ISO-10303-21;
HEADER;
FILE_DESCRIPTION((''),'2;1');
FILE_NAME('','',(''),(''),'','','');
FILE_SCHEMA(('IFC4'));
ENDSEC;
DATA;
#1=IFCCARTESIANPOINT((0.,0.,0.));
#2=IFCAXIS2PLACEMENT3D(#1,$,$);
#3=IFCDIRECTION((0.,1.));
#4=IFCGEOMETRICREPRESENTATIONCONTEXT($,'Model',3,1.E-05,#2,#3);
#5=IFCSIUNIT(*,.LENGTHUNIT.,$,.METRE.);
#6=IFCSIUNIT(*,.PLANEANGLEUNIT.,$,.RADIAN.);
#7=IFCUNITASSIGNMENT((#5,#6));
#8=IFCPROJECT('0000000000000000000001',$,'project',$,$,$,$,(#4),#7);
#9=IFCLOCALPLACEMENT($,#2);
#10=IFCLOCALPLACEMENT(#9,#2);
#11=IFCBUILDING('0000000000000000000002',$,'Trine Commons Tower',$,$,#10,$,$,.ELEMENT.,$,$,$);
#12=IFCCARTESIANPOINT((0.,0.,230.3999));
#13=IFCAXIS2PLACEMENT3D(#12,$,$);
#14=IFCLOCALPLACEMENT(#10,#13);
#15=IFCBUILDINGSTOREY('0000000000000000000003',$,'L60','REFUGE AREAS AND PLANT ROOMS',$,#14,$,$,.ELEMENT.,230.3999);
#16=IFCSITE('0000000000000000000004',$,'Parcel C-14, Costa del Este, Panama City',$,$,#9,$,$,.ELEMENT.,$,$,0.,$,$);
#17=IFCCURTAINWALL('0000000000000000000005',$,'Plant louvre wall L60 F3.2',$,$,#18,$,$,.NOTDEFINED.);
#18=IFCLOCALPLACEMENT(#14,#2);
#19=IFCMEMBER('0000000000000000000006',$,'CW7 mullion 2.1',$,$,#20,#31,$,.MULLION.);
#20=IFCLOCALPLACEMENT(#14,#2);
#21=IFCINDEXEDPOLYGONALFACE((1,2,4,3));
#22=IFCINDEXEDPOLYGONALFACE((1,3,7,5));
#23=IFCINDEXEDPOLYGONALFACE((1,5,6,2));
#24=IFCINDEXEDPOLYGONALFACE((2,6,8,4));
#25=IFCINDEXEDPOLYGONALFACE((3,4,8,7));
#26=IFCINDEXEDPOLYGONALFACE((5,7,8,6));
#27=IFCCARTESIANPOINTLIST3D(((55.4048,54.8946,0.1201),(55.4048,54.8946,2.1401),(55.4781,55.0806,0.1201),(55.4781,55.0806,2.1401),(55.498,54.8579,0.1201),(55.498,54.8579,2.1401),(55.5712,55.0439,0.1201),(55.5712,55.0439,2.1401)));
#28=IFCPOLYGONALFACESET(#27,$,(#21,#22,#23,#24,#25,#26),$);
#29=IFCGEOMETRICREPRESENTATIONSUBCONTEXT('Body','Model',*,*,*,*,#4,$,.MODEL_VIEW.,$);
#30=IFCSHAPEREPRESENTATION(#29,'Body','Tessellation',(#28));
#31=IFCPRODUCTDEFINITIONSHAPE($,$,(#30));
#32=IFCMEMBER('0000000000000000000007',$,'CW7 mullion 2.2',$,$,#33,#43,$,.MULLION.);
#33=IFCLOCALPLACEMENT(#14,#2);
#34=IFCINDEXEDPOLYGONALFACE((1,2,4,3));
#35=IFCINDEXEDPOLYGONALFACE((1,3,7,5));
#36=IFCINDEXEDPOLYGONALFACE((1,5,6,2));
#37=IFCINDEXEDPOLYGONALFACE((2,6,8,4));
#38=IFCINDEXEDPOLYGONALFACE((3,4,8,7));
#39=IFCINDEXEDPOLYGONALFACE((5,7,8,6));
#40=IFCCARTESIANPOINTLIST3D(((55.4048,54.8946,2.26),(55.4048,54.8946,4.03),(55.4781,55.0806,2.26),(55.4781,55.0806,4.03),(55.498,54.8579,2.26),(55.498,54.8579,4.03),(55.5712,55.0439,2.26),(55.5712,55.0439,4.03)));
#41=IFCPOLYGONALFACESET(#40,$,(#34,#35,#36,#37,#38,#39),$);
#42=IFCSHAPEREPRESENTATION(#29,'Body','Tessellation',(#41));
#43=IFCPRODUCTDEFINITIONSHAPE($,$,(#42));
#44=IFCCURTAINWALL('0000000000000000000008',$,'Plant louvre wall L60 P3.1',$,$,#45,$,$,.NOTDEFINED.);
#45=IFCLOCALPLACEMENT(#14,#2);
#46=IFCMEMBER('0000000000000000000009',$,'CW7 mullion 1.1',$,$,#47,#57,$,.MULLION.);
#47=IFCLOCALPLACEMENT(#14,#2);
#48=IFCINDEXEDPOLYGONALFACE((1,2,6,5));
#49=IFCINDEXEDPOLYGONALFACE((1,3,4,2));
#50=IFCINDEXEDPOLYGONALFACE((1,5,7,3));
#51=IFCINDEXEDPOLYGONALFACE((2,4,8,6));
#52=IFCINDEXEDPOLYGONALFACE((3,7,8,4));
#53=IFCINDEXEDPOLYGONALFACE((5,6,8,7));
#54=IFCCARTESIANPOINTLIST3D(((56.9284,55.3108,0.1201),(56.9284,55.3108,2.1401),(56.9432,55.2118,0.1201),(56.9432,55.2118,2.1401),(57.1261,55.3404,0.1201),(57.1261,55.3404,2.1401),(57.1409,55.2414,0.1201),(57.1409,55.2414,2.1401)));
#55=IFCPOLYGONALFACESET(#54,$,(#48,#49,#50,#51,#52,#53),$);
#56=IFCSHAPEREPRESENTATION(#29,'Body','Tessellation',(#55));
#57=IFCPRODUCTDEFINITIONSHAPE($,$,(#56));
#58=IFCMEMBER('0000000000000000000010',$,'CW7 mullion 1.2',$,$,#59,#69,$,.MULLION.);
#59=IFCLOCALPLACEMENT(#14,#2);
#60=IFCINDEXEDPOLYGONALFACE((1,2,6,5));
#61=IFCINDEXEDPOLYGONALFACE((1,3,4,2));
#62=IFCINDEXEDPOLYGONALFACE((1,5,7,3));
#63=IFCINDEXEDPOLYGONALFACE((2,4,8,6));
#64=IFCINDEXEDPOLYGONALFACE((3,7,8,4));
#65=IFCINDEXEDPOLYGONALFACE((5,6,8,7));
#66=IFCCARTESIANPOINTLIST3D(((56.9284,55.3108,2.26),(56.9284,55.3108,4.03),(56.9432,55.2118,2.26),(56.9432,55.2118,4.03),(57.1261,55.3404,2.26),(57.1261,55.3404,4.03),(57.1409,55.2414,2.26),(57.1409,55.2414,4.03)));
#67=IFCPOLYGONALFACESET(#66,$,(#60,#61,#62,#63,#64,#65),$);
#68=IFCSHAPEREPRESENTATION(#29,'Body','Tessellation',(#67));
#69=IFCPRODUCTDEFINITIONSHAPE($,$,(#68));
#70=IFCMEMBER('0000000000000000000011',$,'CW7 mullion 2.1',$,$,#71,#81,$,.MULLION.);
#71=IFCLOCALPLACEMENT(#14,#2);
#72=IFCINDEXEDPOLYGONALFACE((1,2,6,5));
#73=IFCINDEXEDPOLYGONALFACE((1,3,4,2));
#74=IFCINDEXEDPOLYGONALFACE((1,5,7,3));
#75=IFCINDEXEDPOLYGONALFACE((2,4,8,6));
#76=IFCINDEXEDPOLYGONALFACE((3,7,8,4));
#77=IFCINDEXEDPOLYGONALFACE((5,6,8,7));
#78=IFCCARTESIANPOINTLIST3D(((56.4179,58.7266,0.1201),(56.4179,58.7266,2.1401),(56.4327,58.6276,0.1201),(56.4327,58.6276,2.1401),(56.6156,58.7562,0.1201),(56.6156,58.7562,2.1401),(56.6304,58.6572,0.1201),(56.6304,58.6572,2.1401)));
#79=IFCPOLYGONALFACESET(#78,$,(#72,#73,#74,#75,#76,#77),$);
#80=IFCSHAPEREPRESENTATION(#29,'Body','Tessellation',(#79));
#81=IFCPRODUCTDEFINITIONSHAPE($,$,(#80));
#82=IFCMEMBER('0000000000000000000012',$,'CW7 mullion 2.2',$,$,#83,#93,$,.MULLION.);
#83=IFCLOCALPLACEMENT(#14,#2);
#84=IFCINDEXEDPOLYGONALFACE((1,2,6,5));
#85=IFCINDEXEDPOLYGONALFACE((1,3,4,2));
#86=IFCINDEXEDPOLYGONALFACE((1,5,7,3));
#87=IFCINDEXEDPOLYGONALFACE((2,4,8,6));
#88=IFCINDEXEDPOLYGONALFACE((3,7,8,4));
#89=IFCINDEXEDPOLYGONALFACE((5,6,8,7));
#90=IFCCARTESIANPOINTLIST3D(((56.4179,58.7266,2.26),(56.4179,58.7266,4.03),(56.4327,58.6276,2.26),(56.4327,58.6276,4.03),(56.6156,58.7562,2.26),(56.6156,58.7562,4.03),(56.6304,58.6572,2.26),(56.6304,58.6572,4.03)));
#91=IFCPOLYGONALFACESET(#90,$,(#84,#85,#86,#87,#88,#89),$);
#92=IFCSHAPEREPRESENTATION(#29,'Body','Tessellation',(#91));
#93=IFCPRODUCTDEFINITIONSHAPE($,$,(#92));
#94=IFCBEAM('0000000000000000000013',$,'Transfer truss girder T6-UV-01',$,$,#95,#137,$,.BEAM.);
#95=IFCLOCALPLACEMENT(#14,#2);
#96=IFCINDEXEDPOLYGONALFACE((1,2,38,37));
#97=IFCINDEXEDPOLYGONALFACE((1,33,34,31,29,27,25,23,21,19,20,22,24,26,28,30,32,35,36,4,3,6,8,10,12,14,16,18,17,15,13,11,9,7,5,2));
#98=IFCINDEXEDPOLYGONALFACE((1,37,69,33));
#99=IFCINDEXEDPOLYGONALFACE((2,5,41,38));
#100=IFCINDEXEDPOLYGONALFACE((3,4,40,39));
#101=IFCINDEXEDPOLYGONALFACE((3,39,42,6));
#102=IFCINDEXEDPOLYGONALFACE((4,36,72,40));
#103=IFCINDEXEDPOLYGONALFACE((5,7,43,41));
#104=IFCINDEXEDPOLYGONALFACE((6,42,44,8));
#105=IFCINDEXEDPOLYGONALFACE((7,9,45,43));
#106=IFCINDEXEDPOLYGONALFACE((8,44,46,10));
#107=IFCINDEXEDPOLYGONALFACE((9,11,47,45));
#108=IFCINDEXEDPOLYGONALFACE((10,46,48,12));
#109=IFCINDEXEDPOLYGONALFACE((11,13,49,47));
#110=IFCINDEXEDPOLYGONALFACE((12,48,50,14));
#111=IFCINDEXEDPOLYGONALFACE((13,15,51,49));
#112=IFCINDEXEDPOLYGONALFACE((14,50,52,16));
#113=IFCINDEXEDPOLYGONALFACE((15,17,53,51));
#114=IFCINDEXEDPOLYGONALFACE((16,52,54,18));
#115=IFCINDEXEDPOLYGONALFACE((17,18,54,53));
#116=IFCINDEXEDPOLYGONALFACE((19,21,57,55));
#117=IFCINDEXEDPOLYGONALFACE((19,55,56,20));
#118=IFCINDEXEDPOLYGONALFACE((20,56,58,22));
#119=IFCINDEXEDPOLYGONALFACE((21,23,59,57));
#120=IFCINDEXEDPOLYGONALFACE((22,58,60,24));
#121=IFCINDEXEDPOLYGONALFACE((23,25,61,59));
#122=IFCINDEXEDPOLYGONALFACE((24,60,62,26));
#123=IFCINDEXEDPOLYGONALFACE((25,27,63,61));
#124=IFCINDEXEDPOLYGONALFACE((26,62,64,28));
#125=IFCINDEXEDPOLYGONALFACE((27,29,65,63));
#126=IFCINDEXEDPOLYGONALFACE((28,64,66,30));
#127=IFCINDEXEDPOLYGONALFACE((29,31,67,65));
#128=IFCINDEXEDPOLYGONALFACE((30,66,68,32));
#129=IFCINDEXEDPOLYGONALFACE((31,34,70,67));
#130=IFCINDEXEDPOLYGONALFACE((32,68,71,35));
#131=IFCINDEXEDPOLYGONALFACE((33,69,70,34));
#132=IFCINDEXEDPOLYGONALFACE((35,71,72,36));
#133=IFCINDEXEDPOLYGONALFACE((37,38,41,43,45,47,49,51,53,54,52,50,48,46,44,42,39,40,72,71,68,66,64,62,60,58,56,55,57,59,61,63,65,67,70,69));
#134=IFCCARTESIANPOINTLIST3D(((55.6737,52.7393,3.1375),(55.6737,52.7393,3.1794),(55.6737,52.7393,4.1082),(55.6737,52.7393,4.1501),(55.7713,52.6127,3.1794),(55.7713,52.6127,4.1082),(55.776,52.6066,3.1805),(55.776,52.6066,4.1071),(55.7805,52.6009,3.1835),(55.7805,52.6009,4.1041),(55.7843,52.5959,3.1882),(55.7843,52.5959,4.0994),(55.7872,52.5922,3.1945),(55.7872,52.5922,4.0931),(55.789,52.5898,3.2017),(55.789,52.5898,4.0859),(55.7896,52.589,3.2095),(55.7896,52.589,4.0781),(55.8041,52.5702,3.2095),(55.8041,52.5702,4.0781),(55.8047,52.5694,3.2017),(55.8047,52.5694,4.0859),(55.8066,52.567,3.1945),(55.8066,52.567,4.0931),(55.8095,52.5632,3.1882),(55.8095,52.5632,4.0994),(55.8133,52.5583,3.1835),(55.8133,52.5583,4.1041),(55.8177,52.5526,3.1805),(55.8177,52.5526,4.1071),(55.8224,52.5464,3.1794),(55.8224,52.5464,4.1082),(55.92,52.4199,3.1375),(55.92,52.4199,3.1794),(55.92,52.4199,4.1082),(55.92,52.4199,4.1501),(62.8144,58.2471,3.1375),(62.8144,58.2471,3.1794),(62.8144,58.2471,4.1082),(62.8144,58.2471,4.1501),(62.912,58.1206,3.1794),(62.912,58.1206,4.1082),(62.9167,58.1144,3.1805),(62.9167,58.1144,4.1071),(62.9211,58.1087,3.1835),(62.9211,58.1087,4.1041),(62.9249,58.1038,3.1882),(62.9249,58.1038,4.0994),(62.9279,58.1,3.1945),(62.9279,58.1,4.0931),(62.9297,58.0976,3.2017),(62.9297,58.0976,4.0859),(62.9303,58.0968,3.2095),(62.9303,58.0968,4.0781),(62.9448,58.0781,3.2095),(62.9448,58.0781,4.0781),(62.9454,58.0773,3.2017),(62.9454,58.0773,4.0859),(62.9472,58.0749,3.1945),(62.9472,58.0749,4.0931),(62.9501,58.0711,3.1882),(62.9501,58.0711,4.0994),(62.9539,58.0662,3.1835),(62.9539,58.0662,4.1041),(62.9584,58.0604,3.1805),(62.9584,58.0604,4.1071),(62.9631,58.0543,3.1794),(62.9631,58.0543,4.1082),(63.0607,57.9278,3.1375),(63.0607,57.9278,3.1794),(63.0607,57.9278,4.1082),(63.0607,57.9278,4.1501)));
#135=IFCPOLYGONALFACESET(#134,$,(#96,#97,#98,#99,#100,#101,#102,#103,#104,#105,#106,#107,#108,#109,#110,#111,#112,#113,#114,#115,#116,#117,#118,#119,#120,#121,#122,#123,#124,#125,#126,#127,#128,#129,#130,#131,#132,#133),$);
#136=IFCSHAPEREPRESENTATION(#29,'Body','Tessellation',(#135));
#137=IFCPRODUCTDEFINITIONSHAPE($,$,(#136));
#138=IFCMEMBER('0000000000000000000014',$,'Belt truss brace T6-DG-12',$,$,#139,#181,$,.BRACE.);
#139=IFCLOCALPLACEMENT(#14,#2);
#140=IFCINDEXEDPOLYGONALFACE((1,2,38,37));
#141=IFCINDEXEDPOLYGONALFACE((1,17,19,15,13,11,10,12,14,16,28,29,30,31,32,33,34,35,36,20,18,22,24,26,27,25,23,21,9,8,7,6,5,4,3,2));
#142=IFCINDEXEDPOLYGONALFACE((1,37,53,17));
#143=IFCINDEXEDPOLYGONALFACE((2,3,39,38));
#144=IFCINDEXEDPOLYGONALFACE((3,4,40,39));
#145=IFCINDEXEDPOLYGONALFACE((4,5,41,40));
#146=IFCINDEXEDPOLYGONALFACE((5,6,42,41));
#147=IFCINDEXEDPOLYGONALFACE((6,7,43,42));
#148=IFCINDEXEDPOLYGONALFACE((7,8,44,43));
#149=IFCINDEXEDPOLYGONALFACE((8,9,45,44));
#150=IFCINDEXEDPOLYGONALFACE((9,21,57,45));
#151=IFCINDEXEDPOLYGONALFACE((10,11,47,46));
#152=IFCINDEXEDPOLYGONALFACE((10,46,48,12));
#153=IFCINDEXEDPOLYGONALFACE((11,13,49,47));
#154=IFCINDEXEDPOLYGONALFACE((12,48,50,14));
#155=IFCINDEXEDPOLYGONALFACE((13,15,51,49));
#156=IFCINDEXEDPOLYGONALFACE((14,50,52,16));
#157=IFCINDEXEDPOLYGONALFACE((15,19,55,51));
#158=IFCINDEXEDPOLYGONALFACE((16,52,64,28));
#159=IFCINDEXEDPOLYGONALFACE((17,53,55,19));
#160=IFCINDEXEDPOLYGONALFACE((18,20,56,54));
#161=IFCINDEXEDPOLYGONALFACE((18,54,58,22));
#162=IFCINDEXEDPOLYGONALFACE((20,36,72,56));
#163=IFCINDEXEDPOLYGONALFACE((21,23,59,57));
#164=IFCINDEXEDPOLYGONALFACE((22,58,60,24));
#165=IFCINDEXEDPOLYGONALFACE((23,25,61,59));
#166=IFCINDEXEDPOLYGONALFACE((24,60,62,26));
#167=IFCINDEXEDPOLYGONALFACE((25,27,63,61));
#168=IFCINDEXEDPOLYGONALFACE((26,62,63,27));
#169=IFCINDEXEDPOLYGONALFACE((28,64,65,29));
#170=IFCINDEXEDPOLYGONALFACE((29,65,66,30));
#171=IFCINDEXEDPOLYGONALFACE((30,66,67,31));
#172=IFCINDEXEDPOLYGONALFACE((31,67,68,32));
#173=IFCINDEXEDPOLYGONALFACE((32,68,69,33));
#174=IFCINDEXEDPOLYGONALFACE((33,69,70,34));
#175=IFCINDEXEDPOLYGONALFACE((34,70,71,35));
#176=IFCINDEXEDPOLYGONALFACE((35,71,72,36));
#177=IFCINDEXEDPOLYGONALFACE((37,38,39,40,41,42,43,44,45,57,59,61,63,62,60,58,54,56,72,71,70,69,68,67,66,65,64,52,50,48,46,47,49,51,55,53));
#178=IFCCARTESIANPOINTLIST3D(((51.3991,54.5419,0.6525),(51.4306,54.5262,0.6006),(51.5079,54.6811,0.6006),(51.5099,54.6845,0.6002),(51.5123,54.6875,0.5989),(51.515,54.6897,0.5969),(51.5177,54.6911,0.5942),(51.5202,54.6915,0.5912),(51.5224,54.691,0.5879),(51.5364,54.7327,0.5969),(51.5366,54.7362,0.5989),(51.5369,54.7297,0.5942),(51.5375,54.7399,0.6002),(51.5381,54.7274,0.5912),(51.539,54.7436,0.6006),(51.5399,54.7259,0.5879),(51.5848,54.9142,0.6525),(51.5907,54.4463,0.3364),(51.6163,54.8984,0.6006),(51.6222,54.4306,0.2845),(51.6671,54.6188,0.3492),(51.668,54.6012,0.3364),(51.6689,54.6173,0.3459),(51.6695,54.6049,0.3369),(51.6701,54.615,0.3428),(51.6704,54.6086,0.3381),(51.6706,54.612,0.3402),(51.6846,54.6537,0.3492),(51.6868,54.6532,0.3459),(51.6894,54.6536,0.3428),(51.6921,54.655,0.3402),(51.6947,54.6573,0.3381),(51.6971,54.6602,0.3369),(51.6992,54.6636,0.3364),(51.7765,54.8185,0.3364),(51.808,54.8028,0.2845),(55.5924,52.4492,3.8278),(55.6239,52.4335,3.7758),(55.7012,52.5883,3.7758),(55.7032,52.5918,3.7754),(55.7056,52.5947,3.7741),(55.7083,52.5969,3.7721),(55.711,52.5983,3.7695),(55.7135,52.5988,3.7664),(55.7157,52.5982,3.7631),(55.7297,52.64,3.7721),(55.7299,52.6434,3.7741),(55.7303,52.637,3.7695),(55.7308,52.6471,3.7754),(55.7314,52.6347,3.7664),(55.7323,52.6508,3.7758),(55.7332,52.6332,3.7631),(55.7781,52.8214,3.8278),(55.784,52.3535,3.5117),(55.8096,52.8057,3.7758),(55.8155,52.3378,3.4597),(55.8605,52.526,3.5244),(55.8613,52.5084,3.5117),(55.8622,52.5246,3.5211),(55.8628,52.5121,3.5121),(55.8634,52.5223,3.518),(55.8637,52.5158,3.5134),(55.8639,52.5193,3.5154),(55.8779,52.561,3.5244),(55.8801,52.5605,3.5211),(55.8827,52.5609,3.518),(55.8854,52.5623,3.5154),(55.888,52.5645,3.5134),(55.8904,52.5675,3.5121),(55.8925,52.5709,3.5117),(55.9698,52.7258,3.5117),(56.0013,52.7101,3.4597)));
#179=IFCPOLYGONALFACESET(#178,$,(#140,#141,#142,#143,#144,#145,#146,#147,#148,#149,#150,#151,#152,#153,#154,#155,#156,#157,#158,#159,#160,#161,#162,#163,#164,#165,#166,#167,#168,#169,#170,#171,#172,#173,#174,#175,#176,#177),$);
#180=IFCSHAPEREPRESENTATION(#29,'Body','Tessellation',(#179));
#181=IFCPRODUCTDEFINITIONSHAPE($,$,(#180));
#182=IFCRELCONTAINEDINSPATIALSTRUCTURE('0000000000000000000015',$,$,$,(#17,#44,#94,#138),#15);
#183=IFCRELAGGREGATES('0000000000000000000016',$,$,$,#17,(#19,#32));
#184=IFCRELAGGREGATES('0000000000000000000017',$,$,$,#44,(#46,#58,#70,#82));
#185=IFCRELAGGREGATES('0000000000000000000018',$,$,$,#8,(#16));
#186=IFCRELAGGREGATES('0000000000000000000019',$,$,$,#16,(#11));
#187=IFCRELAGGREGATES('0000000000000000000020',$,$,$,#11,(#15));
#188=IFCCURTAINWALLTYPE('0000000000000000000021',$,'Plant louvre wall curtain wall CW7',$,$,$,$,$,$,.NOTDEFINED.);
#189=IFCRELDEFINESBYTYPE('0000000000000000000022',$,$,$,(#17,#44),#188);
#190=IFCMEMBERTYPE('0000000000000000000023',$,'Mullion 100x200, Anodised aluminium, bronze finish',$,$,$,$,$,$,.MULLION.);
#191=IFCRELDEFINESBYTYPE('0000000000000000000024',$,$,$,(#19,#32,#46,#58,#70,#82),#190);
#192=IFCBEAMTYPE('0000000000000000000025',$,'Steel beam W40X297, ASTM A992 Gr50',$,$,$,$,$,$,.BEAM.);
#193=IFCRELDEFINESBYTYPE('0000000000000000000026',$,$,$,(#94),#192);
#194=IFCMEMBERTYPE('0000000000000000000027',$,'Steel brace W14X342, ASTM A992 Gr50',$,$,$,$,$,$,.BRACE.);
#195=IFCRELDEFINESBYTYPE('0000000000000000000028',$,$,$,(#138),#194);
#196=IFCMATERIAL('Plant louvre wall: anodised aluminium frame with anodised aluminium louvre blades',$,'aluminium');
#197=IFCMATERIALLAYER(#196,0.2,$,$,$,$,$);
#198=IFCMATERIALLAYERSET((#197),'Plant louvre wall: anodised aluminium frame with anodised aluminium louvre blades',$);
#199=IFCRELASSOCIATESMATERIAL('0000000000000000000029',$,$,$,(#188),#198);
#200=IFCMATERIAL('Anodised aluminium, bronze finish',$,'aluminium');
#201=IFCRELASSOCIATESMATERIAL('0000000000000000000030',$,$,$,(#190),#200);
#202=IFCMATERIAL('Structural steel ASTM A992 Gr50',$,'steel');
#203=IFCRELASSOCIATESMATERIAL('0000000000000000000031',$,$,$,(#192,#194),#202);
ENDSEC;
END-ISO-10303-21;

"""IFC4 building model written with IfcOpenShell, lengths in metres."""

from ifc_helpers import new_model, si_unit, direction, frame, origin, origin_2d, place, context, subcontext, project, spatial, rectangle, i_section, extrude, material, layer, layer_set, material_profile, profile_set, type_object, element, aggregate, save


model = new_model("IFC4")

# Units and contexts
model_context = context("Model", 3, precision=1e-05, world=origin(), true_north=direction((0.0, 1.0)))
body_context = subcontext(model_context, "Body", "Model", "MODEL_VIEW")
ifc_project = project(units=[si_unit("LENGTHUNIT", "METRE"), si_unit("PLANEANGLEUNIT", "RADIAN")], contexts=[model_context])

# Site, building, storey
site_placement = place(None, origin())
site = spatial("IfcSite", under=ifc_project, at=site_placement, Name="Parcel C-14, Costa del Este, Panama City", CompositionType="ELEMENT", RefElevation=0.0)
building_placement = place(site_placement, origin())
building = spatial("IfcBuilding", under=site, at=building_placement, Name="Trine Commons Tower", CompositionType="ELEMENT")
storey_placement = place(building_placement, frame((0.0, 0.0, 230.3999)))
storey = spatial("IfcBuildingStorey", under=building, at=storey_placement, Name="L60", Description="REFUGE AREAS AND PLANT ROOMS", CompositionType="ELEMENT", Elevation=230.3999)

# Curtain walls, members
ifc_material_1 = material(Name="Plant louvre wall: anodised aluminium frame with anodised aluminium louvre blades", Category="aluminium")
ifc_layer_1 = layer(ifc_material_1, 0.2)
ifc_layer_set_1 = layer_set([ifc_layer_1], Name="Plant louvre wall: anodised aluminium frame with anodised aluminium louvre blades")
curtain_wall_type = type_object("IfcCurtainWallType", Name="Plant louvre wall curtain wall CW7", PredefinedType="NOTDEFINED", material=ifc_layer_set_1)
curtain_wall_1_placement = place(storey_placement, origin())
curtain_wall_1 = element("IfcCurtainWall", 1, at=curtain_wall_1_placement, inside=storey, type_object=curtain_wall_type, Name="Plant louvre wall L60 F3.2", PredefinedType="NOTDEFINED")
ifc_material_2 = material(Name="Anodised aluminium, bronze finish", Category="aluminium")
ifc_material_profile_1 = material_profile(ifc_material_2, rectangle(XDim=0.2, YDim=0.1001, at=origin_2d()), Name="Mullion 100x200")
ifc_profile_set_1 = profile_set([ifc_material_profile_1], Name="Anodised aluminium, bronze finish")
member_type_1 = type_object("IfcMemberType", Name="Mullion 100x200, Anodised aluminium, bronze finish", PredefinedType="MULLION", material=ifc_profile_set_1)
member_1_placement = place(storey_placement, frame((55.488, 54.9692, 0.1201), z_axis=(0.0, 0.0, 1.0), x_axis=(-0.366501, -0.930418, 0.0)))
member_1 = element("IfcMember", 2, at=member_1_placement, type_object=member_type_1, Name="CW7 mullion 2.1", PredefinedType="MULLION", context=body_context, shape_type="SweptSolid", body=[
    extrude(rectangle(XDim=0.2, YDim=0.1001, at=origin_2d()), origin(), (0.0, 0.0, 1.0), 2.02),
])
member_2_placement = place(storey_placement, frame((55.488, 54.9692, 2.26), z_axis=(0.0, 0.0, 1.0), x_axis=(-0.366501, -0.930418, 0.0)))
member_2 = element("IfcMember", 3, at=member_2_placement, type_object=member_type_1, Name="CW7 mullion 2.2", PredefinedType="MULLION", context=body_context, shape_type="SweptSolid", body=[
    extrude(rectangle(XDim=0.2, YDim=0.1001, at=origin_2d()), origin(), (0.0, 0.0, 1.0), 1.77),
])
curtain_wall_2_placement = place(storey_placement, origin())
curtain_wall_2 = element("IfcCurtainWall", 4, at=curtain_wall_2_placement, inside=storey, type_object=curtain_wall_type, Name="Plant louvre wall L60 P3.1", PredefinedType="NOTDEFINED")
member_3_placement = place(storey_placement, frame((57.0347, 55.2761, 0.1201), z_axis=(0.0, 0.0, 1.0), x_axis=(-0.989016, -0.147809, 0.0)))
member_3 = element("IfcMember", 5, at=member_3_placement, type_object=member_type_1, Name="CW7 mullion 1.1", PredefinedType="MULLION", context=body_context, shape_type="SweptSolid", body=[
    extrude(rectangle(XDim=0.2, YDim=0.1001, at=origin_2d()), origin(), (0.0, 0.0, 1.0), 2.02),
])
member_4_placement = place(storey_placement, frame((57.0347, 55.2761, 2.26), z_axis=(0.0, 0.0, 1.0), x_axis=(-0.989016, -0.147809, 0.0)))
member_4 = element("IfcMember", 6, at=member_4_placement, type_object=member_type_1, Name="CW7 mullion 1.2", PredefinedType="MULLION", context=body_context, shape_type="SweptSolid", body=[
    extrude(rectangle(XDim=0.2, YDim=0.1001, at=origin_2d()), origin(), (0.0, 0.0, 1.0), 1.77),
])
member_5_placement = place(storey_placement, frame((56.5242, 58.6919, 0.1201), z_axis=(0.0, 0.0, 1.0), x_axis=(-0.989016, -0.147809, 0.0)))
member_5 = element("IfcMember", 7, at=member_5_placement, type_object=member_type_1, Name="CW7 mullion 2.1", PredefinedType="MULLION", context=body_context, shape_type="SweptSolid", body=[
    extrude(rectangle(XDim=0.2, YDim=0.1001, at=origin_2d()), origin(), (0.0, 0.0, 1.0), 2.02),
])
member_6_placement = place(storey_placement, frame((56.5242, 58.6919, 2.26), z_axis=(0.0, 0.0, 1.0), x_axis=(-0.989016, -0.147809, 0.0)))
member_6 = element("IfcMember", 8, at=member_6_placement, type_object=member_type_1, Name="CW7 mullion 2.2", PredefinedType="MULLION", context=body_context, shape_type="SweptSolid", body=[
    extrude(rectangle(XDim=0.2, YDim=0.1001, at=origin_2d()), origin(), (0.0, 0.0, 1.0), 1.77),
])

# Beam
ifc_material_3 = material(Name="Structural steel ASTM A992 Gr50", Category="steel")
ifc_material_profile_2 = material_profile(ifc_material_3, i_section(OverallWidth=0.4033, OverallDepth=1.0127, WebThickness=0.0237, FlangeThickness=0.042, FilletRadius=0.03, at=origin_2d()), Name="W40X297")
ifc_profile_set_2 = profile_set([ifc_material_profile_2], Name="Structural steel ASTM A992 Gr50")
beam_type = type_object("IfcBeamType", Name="Steel beam W40X297, ASTM A992 Gr50", PredefinedType="BEAM", material=ifc_profile_set_2)
beam_placement = place(storey_placement, frame((55.7969, 52.5796, 3.6438), z_axis=(0.791818, 0.610757, 0.0), x_axis=(-0.610757, 0.791818, 0.0)))
element("IfcBeam", 9, at=beam_placement, inside=storey, type_object=beam_type, Name="Transfer truss girder T6-UV-01", PredefinedType="BEAM", context=body_context, shape_type="SweptSolid", body=[
    extrude(i_section(OverallWidth=0.4033, OverallDepth=1.0127, WebThickness=0.0237, FlangeThickness=0.042, FilletRadius=0.03, at=origin_2d()), origin(), (0.0, 0.0, 1.0), 9.0181),
])

# Member
ifc_material_profile_3 = material_profile(ifc_material_3, i_section(OverallWidth=0.416, OverallDepth=0.4446, WebThickness=0.0391, FlangeThickness=0.0627, FilletRadius=0.0154, at=origin_2d()), Name="W14X342")
ifc_profile_set_3 = profile_set([ifc_material_profile_3], Name="Structural steel ASTM A992 Gr50")
member_type_2 = type_object("IfcMemberType", Name="Steel brace W14X342, ASTM A992 Gr50", PredefinedType="BRACE", material=ifc_profile_set_3)
member_7_placement = place(storey_placement, frame((51.6035, 54.6724, 0.4685), z_axis=(0.740751, -0.369685, 0.560911), x_axis=(0.446547, 0.89476, 0.0)))
element("IfcMember", 10, at=member_7_placement, inside=storey, type_object=member_type_2, Name="Belt truss brace T6-DG-12", PredefinedType="BRACE", context=body_context, shape_type="SweptSolid", body=[
    extrude(i_section(OverallWidth=0.416, OverallDepth=0.4446, WebThickness=0.0391, FlangeThickness=0.0627, FilletRadius=0.0154, at=origin_2d()), origin(), (0.0, 0.0, 1.0), 5.6609),
])

aggregate(curtain_wall_1, [member_1, member_2])
aggregate(curtain_wall_2, [member_3, member_4, member_5, member_6])

save(model, "model.ifc")
